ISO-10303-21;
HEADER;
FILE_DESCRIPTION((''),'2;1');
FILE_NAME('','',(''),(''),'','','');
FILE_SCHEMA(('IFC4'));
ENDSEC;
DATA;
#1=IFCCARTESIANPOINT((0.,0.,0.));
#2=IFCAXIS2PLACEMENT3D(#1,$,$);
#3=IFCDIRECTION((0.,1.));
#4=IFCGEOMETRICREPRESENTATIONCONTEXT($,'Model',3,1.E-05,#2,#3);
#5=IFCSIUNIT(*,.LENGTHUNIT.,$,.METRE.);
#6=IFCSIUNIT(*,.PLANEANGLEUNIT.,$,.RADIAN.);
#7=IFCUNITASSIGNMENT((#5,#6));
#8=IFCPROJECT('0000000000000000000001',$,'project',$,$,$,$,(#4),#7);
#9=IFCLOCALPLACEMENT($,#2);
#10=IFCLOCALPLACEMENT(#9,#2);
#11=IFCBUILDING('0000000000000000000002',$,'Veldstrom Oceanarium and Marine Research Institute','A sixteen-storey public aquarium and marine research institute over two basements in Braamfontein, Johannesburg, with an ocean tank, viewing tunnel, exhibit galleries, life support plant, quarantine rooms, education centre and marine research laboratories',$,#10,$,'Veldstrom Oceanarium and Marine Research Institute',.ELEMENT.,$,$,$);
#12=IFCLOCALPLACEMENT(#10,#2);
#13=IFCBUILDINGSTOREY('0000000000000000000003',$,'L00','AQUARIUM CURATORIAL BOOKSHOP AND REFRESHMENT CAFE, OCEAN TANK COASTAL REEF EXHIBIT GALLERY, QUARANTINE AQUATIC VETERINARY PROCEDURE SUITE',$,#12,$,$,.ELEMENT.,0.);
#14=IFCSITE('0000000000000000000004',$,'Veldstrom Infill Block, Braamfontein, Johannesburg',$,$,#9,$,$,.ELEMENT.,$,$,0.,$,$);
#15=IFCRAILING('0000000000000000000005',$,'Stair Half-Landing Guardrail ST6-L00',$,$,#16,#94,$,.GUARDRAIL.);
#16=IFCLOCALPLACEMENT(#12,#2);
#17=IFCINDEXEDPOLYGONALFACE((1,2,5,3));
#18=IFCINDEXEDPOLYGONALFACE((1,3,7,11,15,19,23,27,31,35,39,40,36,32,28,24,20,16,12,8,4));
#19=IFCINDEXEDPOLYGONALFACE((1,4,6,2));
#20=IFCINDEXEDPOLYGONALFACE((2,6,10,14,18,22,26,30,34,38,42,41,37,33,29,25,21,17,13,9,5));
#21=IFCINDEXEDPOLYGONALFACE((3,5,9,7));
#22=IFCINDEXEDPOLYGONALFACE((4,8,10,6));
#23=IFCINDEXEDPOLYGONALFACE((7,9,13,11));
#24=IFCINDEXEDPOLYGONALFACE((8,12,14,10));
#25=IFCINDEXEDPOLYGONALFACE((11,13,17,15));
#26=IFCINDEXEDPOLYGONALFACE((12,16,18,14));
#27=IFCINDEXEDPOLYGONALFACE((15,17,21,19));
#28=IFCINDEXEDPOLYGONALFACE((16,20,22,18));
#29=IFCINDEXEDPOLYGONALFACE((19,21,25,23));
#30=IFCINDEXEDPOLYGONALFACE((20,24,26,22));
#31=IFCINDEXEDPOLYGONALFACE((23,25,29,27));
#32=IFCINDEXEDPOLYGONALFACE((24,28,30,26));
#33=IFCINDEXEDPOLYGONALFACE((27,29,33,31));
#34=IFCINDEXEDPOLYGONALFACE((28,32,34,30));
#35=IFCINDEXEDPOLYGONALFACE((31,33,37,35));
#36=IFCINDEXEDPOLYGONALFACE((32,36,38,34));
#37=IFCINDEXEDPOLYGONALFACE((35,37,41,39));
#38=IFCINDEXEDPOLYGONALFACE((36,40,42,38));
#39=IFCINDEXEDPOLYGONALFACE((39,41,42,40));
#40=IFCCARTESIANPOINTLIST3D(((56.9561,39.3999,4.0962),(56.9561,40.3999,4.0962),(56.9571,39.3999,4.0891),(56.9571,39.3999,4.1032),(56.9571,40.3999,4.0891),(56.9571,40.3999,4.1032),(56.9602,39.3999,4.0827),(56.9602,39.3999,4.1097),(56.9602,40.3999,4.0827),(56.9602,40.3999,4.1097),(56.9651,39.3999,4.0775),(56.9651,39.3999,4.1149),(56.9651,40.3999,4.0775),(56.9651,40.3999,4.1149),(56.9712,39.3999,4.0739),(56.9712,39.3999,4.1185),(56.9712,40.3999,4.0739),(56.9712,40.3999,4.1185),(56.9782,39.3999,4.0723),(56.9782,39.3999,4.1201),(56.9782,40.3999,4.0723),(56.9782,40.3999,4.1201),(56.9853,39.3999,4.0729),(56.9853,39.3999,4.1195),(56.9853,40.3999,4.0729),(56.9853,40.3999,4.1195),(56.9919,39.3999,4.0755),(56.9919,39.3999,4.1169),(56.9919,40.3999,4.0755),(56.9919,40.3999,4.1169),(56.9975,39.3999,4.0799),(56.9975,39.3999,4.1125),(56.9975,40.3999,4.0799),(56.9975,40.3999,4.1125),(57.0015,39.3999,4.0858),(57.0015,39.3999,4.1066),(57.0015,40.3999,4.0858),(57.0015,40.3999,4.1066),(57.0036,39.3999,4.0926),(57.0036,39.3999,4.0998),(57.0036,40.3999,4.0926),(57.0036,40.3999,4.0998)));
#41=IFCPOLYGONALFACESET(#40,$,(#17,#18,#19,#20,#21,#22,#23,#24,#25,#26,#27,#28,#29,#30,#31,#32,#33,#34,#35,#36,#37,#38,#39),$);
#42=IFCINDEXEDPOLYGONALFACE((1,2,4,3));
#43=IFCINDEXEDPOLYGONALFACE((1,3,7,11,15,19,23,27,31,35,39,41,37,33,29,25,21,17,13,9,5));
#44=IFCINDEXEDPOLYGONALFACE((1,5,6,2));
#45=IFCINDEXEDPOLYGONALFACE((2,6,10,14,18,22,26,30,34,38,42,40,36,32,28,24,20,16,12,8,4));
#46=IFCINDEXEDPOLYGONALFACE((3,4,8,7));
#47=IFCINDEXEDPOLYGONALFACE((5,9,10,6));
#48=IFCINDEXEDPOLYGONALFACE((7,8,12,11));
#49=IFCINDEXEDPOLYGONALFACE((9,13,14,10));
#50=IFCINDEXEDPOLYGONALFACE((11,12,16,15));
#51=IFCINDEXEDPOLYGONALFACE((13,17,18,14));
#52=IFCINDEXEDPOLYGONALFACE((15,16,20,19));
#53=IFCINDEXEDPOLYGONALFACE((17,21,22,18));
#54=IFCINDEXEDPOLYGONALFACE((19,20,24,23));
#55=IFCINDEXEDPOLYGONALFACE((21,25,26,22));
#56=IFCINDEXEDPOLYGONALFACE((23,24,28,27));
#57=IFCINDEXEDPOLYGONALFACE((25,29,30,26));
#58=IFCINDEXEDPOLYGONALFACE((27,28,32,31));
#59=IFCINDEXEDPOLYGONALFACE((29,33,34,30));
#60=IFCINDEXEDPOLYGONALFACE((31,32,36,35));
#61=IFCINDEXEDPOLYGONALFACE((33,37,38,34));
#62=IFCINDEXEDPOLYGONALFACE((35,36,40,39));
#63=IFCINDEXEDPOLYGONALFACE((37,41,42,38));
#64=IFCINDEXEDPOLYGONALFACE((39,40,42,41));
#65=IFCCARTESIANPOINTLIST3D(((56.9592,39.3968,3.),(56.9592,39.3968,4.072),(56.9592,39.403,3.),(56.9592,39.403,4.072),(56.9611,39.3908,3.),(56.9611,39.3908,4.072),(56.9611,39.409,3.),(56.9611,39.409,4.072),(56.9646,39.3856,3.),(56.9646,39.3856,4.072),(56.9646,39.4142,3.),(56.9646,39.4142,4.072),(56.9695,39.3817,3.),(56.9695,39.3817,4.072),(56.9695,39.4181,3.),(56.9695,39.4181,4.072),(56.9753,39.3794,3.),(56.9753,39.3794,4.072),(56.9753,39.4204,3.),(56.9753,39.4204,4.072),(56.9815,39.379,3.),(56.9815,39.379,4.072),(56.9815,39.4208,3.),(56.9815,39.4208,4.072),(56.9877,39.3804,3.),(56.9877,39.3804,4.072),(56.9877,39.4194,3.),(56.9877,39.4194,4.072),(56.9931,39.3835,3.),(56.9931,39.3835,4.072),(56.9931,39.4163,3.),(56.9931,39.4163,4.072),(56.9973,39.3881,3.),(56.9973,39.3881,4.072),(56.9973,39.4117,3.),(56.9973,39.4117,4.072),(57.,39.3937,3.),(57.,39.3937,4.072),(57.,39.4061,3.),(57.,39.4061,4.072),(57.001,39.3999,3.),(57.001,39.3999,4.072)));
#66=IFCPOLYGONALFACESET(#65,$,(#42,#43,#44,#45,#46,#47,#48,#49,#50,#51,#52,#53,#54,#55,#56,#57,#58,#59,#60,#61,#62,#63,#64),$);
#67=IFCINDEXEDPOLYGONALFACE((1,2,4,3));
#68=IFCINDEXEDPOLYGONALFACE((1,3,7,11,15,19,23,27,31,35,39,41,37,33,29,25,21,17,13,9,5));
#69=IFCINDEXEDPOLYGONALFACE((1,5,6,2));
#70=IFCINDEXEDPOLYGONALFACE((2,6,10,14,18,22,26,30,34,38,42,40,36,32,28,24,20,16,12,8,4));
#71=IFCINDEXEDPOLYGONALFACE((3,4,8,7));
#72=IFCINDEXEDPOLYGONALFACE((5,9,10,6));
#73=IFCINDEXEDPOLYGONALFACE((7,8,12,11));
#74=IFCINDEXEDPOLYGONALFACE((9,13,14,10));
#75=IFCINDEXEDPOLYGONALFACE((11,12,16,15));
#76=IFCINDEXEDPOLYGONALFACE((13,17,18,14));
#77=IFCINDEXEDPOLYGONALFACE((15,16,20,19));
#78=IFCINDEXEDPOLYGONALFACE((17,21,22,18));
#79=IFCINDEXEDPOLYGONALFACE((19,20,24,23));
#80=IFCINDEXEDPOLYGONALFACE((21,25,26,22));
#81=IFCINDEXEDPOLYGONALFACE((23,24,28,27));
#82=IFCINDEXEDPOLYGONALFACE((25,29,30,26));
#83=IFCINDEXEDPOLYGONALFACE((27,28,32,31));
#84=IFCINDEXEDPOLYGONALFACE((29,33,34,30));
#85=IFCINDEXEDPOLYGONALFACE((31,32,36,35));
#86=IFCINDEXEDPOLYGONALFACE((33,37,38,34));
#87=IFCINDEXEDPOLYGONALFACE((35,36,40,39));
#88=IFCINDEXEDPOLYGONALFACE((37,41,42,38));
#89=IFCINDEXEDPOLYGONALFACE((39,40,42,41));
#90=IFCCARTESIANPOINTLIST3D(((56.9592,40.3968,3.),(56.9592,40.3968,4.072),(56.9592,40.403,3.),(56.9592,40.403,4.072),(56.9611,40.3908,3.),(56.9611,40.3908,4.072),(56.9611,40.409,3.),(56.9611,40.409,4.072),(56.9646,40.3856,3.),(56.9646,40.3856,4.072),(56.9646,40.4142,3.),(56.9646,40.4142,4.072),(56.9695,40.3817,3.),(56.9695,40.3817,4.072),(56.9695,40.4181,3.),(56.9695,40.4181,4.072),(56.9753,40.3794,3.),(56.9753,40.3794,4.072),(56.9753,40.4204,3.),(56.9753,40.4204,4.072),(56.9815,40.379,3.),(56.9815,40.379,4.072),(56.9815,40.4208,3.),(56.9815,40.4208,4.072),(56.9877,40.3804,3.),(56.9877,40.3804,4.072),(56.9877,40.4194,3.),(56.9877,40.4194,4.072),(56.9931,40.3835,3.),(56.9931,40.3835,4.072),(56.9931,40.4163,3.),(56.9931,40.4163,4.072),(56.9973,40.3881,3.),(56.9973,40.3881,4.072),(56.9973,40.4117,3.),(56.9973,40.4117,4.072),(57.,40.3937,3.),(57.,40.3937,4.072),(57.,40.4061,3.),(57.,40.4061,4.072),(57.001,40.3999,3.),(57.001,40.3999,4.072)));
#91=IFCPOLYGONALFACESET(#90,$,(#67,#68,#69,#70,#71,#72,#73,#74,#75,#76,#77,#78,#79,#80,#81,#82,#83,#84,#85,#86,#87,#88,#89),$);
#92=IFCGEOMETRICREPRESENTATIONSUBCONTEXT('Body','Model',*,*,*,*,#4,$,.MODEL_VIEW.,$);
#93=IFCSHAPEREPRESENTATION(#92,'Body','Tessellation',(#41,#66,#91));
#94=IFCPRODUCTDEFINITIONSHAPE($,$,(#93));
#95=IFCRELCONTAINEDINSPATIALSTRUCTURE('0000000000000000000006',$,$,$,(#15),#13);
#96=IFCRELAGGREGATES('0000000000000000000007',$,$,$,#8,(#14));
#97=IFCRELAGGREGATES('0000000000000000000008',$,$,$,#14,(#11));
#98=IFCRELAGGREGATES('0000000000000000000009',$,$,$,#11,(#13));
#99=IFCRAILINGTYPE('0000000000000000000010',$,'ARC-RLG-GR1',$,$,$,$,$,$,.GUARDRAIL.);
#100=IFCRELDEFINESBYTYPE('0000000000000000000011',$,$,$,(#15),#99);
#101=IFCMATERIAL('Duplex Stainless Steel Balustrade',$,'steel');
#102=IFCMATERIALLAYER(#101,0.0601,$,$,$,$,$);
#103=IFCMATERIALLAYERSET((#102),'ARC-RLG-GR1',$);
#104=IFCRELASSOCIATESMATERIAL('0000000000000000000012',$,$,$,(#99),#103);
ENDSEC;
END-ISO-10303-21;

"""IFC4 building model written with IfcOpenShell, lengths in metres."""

from ifc_helpers import new_model, si_unit, direction, frame, origin, origin_2d, place, context, subcontext, project, spatial, circle, extrude, material, layer, layer_set, type_object, element, save


model = new_model("IFC4")

# Units and contexts
model_context = context("Model", 3, precision=1e-05, world=origin(), true_north=direction((0.0, 1.0)))
body_context = subcontext(model_context, "Body", "Model", "MODEL_VIEW")
ifc_project = project(units=[si_unit("LENGTHUNIT", "METRE"), si_unit("PLANEANGLEUNIT", "RADIAN")], contexts=[model_context])

# Site, building, storey
site_placement = place(None, origin())
site = spatial("IfcSite", under=ifc_project, at=site_placement, Name="Veldstrom Infill Block, Braamfontein, Johannesburg", CompositionType="ELEMENT", RefElevation=0.0)
building_placement = place(site_placement, origin())
building = spatial("IfcBuilding", under=site, at=building_placement, Name="Veldstrom Oceanarium and Marine Research Institute", Description="A sixteen-storey public aquarium and marine research institute over two basements in Braamfontein, Johannesburg, with an ocean tank, viewing tunnel, exhibit galleries, life support plant, quarantine rooms, education centre and marine research laboratories", LongName="Veldstrom Oceanarium and Marine Research Institute", CompositionType="ELEMENT")
storey_placement = place(building_placement, origin())
storey = spatial("IfcBuildingStorey", under=building, at=storey_placement, Name="L00", Description="AQUARIUM CURATORIAL BOOKSHOP AND REFRESHMENT CAFE, OCEAN TANK COASTAL REEF EXHIBIT GALLERY, QUARANTINE AQUATIC VETERINARY PROCEDURE SUITE", CompositionType="ELEMENT", Elevation=0.0)

# Railing
ifc_material_1 = material(Name="Duplex Stainless Steel Balustrade", Category="steel")
ifc_layer_1 = layer(ifc_material_1, 0.0601)
ifc_layer_set_1 = layer_set([ifc_layer_1], Name="ARC-RLG-GR1")
railing_type_1 = type_object("IfcRailingType", Name="ARC-RLG-GR1", PredefinedType="GUARDRAIL", material=ifc_layer_set_1)
railing_1_placement = place(storey_placement, frame((56.98, 39.3999, 3.0)))
element("IfcRailing", 1, at=railing_1_placement, inside=storey, type_object=railing_type_1, Name="Stair Half-Landing Guardrail ST6-L00", PredefinedType="GUARDRAIL", context=body_context, shape_type="SweptSolid", body=[
    extrude(circle(Radius=0.0239, at=origin_2d()), frame((0.0, 0.0, 1.0962), z_axis=(0.0, 1.0, 0.0), x_axis=(-1.0, 0.0, 0.0)), (0.0, 0.0, 1.0), 1.0),
    extrude(circle(Radius=0.021, at=origin_2d()), origin(), (0.0, 0.0, 1.0), 1.072),
    extrude(circle(Radius=0.021, at=origin_2d()), frame((0.0, 1.0, 0.0)), (0.0, 0.0, 1.0), 1.072),
])

save(model, "model.ifc")
